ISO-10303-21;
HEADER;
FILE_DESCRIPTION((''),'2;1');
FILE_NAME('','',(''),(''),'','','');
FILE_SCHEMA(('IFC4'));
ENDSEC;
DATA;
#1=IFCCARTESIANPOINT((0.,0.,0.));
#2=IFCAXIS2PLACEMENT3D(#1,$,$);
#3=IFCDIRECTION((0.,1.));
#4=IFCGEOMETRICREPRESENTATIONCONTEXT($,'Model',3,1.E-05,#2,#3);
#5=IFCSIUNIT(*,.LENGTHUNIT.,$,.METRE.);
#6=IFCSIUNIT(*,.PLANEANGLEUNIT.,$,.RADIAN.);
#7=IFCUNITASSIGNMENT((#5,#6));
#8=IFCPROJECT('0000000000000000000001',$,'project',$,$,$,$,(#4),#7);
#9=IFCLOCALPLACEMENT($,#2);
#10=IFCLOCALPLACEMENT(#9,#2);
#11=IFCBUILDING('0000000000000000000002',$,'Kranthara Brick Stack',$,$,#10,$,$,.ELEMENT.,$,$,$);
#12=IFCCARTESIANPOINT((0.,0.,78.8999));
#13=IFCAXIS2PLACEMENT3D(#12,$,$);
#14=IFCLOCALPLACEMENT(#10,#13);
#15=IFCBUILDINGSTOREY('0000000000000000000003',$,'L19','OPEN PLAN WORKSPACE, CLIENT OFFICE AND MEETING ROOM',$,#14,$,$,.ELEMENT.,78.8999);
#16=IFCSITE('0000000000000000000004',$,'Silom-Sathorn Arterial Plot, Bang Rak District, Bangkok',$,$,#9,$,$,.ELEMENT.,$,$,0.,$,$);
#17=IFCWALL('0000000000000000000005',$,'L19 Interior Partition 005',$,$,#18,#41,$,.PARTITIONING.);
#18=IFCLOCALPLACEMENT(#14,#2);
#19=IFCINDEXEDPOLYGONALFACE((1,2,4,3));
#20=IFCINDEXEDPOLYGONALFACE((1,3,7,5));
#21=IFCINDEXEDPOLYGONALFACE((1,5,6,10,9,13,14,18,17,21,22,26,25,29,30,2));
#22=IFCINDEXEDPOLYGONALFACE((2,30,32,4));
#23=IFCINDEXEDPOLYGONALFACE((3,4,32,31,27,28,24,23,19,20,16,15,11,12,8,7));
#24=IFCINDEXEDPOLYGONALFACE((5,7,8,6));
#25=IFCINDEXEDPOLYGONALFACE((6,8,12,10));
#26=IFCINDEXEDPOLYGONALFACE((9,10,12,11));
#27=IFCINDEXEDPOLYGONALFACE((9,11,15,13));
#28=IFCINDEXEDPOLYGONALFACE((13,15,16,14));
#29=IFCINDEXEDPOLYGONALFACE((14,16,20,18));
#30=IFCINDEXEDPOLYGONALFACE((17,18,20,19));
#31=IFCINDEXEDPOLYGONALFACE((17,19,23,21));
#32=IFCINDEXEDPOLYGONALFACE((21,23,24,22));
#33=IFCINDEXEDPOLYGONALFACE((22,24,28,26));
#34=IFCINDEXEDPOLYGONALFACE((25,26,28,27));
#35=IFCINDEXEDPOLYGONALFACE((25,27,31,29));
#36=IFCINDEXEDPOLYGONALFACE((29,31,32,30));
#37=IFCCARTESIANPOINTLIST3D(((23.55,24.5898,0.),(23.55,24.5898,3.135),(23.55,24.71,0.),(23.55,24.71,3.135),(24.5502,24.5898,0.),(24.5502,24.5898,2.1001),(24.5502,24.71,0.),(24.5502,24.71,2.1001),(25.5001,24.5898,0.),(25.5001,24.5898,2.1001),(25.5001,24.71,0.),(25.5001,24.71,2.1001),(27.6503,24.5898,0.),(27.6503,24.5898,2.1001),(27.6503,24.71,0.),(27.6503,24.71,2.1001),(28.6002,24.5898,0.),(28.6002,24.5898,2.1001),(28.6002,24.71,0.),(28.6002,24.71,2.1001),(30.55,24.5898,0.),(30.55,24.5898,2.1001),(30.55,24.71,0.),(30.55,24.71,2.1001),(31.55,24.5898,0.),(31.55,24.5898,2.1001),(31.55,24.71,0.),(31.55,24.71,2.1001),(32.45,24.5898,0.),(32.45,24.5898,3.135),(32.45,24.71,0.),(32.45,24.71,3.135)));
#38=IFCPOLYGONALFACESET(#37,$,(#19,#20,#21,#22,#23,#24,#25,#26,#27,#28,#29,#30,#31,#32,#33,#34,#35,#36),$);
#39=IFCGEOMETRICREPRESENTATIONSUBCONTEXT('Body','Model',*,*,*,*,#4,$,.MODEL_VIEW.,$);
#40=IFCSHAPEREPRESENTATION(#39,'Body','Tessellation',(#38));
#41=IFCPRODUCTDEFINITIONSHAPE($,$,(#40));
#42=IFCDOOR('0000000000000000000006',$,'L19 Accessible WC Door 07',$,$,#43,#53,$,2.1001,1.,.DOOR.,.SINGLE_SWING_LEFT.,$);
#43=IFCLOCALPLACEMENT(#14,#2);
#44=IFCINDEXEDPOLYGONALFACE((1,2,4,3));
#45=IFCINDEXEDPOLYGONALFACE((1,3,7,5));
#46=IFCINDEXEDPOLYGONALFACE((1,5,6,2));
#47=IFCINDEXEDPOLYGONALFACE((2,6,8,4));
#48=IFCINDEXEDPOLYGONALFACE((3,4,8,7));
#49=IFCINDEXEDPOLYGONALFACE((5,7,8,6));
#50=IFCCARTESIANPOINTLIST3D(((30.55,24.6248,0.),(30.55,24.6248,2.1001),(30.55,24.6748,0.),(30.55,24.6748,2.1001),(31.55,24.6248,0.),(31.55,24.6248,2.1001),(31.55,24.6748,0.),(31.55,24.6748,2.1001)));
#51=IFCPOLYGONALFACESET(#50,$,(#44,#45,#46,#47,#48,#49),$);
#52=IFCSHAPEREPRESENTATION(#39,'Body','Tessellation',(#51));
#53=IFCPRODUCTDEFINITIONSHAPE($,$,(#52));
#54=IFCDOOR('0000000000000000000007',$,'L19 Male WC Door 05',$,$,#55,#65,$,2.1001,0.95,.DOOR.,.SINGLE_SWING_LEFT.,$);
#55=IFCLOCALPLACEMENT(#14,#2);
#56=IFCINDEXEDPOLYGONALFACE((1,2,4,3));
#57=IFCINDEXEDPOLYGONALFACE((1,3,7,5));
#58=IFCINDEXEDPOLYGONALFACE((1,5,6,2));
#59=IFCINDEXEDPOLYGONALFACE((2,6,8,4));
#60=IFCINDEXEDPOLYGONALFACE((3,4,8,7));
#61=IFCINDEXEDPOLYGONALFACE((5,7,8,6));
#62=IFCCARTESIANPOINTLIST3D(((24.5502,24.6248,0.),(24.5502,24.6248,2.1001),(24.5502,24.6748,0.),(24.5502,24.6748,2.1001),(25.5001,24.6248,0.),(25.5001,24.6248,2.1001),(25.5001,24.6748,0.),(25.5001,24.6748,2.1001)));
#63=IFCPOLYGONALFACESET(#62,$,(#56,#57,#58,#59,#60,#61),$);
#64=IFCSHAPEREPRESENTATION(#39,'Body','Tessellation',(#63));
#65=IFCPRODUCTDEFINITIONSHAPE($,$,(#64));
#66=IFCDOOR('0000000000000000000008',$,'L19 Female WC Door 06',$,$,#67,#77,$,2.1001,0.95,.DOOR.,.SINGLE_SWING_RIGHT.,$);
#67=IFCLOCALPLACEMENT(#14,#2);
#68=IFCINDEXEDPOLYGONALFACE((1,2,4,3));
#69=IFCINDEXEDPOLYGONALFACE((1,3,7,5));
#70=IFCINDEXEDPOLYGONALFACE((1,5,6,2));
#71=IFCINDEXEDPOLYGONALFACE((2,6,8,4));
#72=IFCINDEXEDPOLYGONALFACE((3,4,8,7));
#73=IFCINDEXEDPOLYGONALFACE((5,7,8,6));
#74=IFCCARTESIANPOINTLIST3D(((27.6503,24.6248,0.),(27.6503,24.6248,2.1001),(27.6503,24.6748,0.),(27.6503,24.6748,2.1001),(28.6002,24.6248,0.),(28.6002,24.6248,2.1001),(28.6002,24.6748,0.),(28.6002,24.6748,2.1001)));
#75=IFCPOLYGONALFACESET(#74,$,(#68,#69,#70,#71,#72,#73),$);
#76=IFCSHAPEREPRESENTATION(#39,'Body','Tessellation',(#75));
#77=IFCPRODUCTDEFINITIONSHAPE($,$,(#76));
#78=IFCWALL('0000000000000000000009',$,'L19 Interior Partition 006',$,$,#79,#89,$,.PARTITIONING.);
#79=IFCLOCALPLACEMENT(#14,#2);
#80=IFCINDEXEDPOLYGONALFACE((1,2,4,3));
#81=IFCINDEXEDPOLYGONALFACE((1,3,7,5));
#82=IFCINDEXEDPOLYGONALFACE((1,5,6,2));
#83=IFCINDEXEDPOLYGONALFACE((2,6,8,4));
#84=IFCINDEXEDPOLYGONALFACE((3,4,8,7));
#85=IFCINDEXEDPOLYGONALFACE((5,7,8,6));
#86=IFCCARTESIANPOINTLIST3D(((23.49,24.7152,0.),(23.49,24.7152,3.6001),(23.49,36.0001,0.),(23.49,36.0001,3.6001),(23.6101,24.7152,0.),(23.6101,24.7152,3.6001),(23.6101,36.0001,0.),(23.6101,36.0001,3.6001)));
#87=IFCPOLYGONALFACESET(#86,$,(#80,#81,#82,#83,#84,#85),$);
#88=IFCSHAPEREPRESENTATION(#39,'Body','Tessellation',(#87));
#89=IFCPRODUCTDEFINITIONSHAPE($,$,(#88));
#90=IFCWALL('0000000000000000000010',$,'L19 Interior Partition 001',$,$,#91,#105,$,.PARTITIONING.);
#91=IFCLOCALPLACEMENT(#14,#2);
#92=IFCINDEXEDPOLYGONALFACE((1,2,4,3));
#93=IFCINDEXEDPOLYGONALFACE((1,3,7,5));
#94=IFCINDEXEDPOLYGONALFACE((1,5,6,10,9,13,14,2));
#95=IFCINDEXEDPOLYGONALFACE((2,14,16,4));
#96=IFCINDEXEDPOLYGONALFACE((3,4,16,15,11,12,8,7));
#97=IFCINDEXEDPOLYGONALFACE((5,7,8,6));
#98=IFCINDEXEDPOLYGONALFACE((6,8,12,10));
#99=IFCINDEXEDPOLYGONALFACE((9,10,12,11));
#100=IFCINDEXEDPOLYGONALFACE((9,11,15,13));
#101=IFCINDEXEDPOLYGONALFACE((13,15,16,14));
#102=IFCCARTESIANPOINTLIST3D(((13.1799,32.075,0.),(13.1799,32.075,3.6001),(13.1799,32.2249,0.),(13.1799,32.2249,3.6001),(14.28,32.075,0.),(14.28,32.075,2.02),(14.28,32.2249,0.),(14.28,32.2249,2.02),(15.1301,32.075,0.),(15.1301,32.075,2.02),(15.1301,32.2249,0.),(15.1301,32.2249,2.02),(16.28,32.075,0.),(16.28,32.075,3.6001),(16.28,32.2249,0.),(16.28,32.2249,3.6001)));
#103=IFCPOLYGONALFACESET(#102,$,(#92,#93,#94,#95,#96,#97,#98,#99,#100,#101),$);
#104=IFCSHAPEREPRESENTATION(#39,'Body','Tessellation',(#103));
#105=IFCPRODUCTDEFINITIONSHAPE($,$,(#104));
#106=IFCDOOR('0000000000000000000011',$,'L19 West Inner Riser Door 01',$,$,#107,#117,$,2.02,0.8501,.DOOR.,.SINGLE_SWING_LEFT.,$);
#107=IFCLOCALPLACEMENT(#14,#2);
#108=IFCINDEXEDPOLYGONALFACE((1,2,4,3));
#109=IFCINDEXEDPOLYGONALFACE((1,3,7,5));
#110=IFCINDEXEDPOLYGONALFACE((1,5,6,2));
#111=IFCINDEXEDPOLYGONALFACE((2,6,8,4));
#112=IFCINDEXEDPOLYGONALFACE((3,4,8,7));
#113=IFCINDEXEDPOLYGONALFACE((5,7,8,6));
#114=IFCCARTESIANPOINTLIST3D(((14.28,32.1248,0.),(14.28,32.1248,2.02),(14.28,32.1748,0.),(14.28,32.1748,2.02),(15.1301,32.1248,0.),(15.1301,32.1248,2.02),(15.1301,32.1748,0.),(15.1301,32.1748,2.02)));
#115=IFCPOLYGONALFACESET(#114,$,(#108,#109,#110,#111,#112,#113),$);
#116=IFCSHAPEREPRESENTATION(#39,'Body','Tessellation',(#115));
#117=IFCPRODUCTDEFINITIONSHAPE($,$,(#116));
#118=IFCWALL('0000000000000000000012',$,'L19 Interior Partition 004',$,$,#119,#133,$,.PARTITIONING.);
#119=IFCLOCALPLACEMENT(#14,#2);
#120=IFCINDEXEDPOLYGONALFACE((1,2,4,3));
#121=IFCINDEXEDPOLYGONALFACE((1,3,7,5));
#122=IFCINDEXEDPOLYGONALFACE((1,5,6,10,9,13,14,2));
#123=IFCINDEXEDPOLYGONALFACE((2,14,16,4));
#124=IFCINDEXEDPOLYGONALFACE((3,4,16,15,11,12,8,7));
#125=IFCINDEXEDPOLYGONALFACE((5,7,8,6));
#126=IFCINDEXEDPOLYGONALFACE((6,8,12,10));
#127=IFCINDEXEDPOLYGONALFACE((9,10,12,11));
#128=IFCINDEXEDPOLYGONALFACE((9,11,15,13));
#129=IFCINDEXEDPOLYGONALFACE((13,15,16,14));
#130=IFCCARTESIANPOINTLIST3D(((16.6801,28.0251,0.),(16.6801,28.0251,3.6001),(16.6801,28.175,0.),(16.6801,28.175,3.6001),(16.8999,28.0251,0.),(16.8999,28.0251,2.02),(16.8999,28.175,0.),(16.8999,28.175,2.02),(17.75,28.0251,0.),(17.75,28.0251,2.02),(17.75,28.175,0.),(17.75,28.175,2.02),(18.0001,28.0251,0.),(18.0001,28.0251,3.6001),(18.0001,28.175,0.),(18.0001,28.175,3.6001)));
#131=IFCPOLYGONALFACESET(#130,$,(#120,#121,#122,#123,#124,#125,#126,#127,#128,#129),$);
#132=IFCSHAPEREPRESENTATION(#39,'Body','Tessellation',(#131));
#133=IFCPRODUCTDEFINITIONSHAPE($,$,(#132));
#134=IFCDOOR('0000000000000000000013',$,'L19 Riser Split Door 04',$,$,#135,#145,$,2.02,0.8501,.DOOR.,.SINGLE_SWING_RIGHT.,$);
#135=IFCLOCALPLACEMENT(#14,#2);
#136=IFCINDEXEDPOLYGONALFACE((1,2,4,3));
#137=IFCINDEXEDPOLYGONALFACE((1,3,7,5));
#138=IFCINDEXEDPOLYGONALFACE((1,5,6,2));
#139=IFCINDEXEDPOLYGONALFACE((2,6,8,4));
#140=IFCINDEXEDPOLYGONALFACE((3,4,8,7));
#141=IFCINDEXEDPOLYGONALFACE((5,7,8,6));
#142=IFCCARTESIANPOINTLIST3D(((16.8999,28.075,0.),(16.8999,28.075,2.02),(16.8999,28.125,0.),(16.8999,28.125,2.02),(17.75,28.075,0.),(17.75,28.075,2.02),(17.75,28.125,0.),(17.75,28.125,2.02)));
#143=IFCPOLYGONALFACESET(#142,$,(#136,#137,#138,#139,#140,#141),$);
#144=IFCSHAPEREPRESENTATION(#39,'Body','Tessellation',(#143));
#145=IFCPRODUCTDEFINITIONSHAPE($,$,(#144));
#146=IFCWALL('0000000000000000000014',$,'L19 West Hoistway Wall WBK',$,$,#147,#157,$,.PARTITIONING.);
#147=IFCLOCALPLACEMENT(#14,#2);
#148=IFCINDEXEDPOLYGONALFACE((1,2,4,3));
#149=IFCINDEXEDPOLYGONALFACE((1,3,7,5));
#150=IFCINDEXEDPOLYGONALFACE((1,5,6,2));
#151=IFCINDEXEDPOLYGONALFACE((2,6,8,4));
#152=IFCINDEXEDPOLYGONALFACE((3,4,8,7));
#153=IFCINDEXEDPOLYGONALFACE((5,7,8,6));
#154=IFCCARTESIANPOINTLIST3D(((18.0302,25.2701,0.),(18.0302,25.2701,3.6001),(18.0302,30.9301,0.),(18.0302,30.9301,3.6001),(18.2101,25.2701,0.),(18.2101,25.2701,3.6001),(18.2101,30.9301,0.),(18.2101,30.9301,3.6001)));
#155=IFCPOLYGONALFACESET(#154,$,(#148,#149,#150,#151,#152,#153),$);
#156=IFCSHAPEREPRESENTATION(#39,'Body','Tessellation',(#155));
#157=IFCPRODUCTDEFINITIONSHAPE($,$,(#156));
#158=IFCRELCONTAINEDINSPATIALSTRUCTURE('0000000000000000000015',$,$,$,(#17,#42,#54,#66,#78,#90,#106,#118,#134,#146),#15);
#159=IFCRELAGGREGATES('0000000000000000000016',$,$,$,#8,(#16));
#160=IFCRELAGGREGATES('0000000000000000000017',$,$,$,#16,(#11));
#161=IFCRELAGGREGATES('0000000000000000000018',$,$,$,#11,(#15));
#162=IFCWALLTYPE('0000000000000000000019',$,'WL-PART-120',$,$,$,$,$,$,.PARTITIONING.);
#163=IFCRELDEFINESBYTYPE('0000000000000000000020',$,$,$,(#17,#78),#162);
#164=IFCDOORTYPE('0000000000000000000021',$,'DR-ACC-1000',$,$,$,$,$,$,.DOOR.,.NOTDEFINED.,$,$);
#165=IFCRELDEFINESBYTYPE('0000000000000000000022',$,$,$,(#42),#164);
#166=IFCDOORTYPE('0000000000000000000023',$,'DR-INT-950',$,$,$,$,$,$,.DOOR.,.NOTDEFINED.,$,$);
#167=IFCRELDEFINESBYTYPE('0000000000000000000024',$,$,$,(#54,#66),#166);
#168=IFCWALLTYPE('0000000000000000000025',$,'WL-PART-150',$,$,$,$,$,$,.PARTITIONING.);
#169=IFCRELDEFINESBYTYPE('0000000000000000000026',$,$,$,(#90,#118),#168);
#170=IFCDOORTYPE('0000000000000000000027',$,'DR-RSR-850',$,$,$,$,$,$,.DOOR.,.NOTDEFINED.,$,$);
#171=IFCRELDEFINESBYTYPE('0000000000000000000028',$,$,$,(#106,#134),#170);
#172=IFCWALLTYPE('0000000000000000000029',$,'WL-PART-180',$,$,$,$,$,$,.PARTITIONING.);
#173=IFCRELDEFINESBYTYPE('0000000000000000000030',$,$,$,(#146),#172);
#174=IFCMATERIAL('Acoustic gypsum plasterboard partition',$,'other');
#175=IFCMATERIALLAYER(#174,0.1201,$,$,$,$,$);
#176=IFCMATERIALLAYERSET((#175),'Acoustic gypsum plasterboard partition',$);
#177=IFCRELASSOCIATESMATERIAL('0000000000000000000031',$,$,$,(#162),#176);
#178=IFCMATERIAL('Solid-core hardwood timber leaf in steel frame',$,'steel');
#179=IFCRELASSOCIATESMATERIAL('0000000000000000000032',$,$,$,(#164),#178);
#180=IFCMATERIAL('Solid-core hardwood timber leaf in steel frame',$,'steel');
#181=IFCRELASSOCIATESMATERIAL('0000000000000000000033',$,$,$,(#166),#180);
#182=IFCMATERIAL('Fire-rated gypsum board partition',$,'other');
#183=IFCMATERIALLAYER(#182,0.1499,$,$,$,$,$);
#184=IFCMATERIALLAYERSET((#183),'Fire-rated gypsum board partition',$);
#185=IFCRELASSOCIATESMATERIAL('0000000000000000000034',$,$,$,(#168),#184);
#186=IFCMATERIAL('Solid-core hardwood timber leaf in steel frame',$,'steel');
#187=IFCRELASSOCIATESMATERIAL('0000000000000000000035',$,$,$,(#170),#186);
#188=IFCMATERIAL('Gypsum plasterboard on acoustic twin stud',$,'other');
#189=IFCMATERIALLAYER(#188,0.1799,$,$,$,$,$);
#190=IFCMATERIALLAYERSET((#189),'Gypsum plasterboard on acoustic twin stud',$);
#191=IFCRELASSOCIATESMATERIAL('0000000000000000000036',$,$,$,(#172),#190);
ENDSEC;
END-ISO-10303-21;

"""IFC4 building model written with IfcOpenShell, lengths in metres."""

from ifc_helpers import new_model, si_unit, direction, frame, frame_2d, origin, place, context, subcontext, project, spatial, rectangle, extrude, material, layer, layer_set, type_object, element, fill, save


model = new_model("IFC4")

# Units and contexts
model_context = context("Model", 3, precision=1e-05, world=origin(), true_north=direction((0.0, 1.0)))
body_context = subcontext(model_context, "Body", "Model", "MODEL_VIEW")
ifc_project = project(units=[si_unit("LENGTHUNIT", "METRE"), si_unit("PLANEANGLEUNIT", "RADIAN")], contexts=[model_context])

# Site, building, storey
site_placement = place(None, origin())
site = spatial("IfcSite", under=ifc_project, at=site_placement, Name="Silom-Sathorn Arterial Plot, Bang Rak District, Bangkok", CompositionType="ELEMENT", RefElevation=0.0)
building_placement = place(site_placement, origin())
building = spatial("IfcBuilding", under=site, at=building_placement, Name="Kranthara Brick Stack", CompositionType="ELEMENT")
storey_placement = place(building_placement, frame((0.0, 0.0, 78.8999)))
storey = spatial("IfcBuildingStorey", under=building, at=storey_placement, Name="L19", Description="OPEN PLAN WORKSPACE, CLIENT OFFICE AND MEETING ROOM", CompositionType="ELEMENT", Elevation=78.8999)

# Wall, openings, doors
ifc_material_1 = material(Name="Acoustic gypsum plasterboard partition", Category="other")
ifc_layer_1 = layer(ifc_material_1, 0.1201)
ifc_layer_set_1 = layer_set([ifc_layer_1], Name="Acoustic gypsum plasterboard partition")
wall_type_1 = type_object("IfcWallType", Name="WL-PART-120", PredefinedType="PARTITIONING", material=ifc_layer_set_1)
wall_1_placement = place(storey_placement, frame((23.55, 24.6499, 0.0), z_axis=(0.0, 0.0, 1.0), x_axis=(1.0, 0.0, 0.0)))
wall_1 = element("IfcWall", 1, at=wall_1_placement, inside=storey, type_object=wall_type_1, Name="L19 Interior Partition 005", PredefinedType="PARTITIONING", context=body_context, shape_type="SweptSolid", body=[
    extrude(rectangle(XDim=8.8999, YDim=0.1201, at=frame_2d((4.45, 0.0))), origin(), (0.0, 0.0, 1.0), 3.135),
])
opening_1_placement = place(wall_1_placement, frame((1.0, 0.0, 0.0)))
opening_1 = element("IfcOpeningElement", 2, at=opening_1_placement, cuts=wall_1, PredefinedType="OPENING", context=body_context, shape_type="SweptSolid", body=[
    extrude(rectangle(XDim=0.95, YDim=2.1001, at=frame_2d((0.4751, 1.05))), frame((0.0, 0.0701, 0.0), z_axis=(0.0, -1.0, 0.0), x_axis=(1.0, 0.0, 0.0)), (0.0, 0.0, 1.0), 0.1401),
])
opening_2_placement = place(wall_1_placement, frame((4.1001, 0.0, 0.0)))
opening_2 = element("IfcOpeningElement", 3, at=opening_2_placement, cuts=wall_1, PredefinedType="OPENING", context=body_context, shape_type="SweptSolid", body=[
    extrude(rectangle(XDim=0.95, YDim=2.1001, at=frame_2d((0.4751, 1.05))), frame((0.0, 0.0701, 0.0), z_axis=(0.0, -1.0, 0.0), x_axis=(1.0, 0.0, 0.0)), (0.0, 0.0, 1.0), 0.1401),
])
opening_3_placement = place(wall_1_placement, frame((7.0, 0.0, 0.0)))
opening_3 = element("IfcOpeningElement", 4, at=opening_3_placement, cuts=wall_1, PredefinedType="OPENING", context=body_context, shape_type="SweptSolid", body=[
    extrude(rectangle(XDim=1.0, YDim=2.1001, at=frame_2d((0.5, 1.05))), frame((0.0, 0.0701, 0.0), z_axis=(0.0, -1.0, 0.0), x_axis=(1.0, 0.0, 0.0)), (0.0, 0.0, 1.0), 0.1401),
])
ifc_material_2 = material(Name="Solid-core hardwood timber leaf in steel frame", Category="steel")
door_type_1 = type_object("IfcDoorType", Name="DR-ACC-1000", OperationType="NOTDEFINED", PredefinedType="DOOR", material=ifc_material_2)
door_1_placement = place(opening_3_placement, origin())
door_1 = element("IfcDoor", 5, at=door_1_placement, inside=storey, type_object=door_type_1, Name="L19 Accessible WC Door 07", OperationType="SINGLE_SWING_LEFT", OverallHeight=2.1001, OverallWidth=1.0, PredefinedType="DOOR", context=body_context, shape_type="SweptSolid", body=[
    extrude(rectangle(XDim=1.0, YDim=2.1001, at=frame_2d((0.5, 1.05))), frame((0.0, 0.0249, 0.0), z_axis=(0.0, -1.0, 0.0), x_axis=(1.0, 0.0, 0.0)), (0.0, 0.0, 1.0), 0.05),
])
fill(opening_3, door_1)
ifc_material_3 = material(Name="Solid-core hardwood timber leaf in steel frame", Category="steel")
door_type_2 = type_object("IfcDoorType", Name="DR-INT-950", OperationType="NOTDEFINED", PredefinedType="DOOR", material=ifc_material_3)
door_2_placement = place(opening_1_placement, origin())
door_2 = element("IfcDoor", 6, at=door_2_placement, inside=storey, type_object=door_type_2, Name="L19 Male WC Door 05", OperationType="SINGLE_SWING_LEFT", OverallHeight=2.1001, OverallWidth=0.95, PredefinedType="DOOR", context=body_context, shape_type="SweptSolid", body=[
    extrude(rectangle(XDim=0.95, YDim=2.1001, at=frame_2d((0.4751, 1.05))), frame((0.0, 0.0249, 0.0), z_axis=(0.0, -1.0, 0.0), x_axis=(1.0, 0.0, 0.0)), (0.0, 0.0, 1.0), 0.05),
])
fill(opening_1, door_2)
door_3_placement = place(opening_2_placement, origin())
door_3 = element("IfcDoor", 7, at=door_3_placement, inside=storey, type_object=door_type_2, Name="L19 Female WC Door 06", OperationType="SINGLE_SWING_RIGHT", OverallHeight=2.1001, OverallWidth=0.95, PredefinedType="DOOR", context=body_context, shape_type="SweptSolid", body=[
    extrude(rectangle(XDim=0.95, YDim=2.1001, at=frame_2d((0.4751, 1.05))), frame((0.0, 0.0249, 0.0), z_axis=(0.0, -1.0, 0.0), x_axis=(1.0, 0.0, 0.0)), (0.0, 0.0, 1.0), 0.05),
])
fill(opening_2, door_3)

# Wall
wall_2_placement = place(storey_placement, frame((23.55, 24.7151, 0.0), z_axis=(0.0, 0.0, 1.0), x_axis=(0.0, 1.0, 0.0)))
element("IfcWall", 8, at=wall_2_placement, inside=storey, type_object=wall_type_1, Name="L19 Interior Partition 006", PredefinedType="PARTITIONING", context=body_context, shape_type="SweptSolid", body=[
    extrude(rectangle(XDim=11.2849, YDim=0.1201, at=frame_2d((5.6426, 0.0))), origin(), (0.0, 0.0, 1.0), 3.6001),
])

# Walls, openings, doors
ifc_material_4 = material(Name="Fire-rated gypsum board partition", Category="other")
ifc_layer_2 = layer(ifc_material_4, 0.1499)
ifc_layer_set_2 = layer_set([ifc_layer_2], Name="Fire-rated gypsum board partition")
wall_type_2 = type_object("IfcWallType", Name="WL-PART-150", PredefinedType="PARTITIONING", material=ifc_layer_set_2)
wall_3_placement = place(storey_placement, frame((13.1799, 32.1499, 0.0), z_axis=(0.0, 0.0, 1.0), x_axis=(1.0, 0.0, 0.0)))
wall_3 = element("IfcWall", 9, at=wall_3_placement, inside=storey, type_object=wall_type_2, Name="L19 Interior Partition 001", PredefinedType="PARTITIONING", context=body_context, shape_type="SweptSolid", body=[
    extrude(rectangle(XDim=3.1001, YDim=0.1499, at=frame_2d((1.55, 0.0))), origin(), (0.0, 0.0, 1.0), 3.6001),
])
opening_4_placement = place(wall_3_placement, frame((1.1001, 0.0, 0.0)))
opening_4 = element("IfcOpeningElement", 10, at=opening_4_placement, cuts=wall_3, PredefinedType="OPENING", context=body_context, shape_type="SweptSolid", body=[
    extrude(rectangle(XDim=0.8501, YDim=2.02, at=frame_2d((0.425, 1.01))), frame((0.0, 0.085, 0.0), z_axis=(0.0, -1.0, 0.0), x_axis=(1.0, 0.0, 0.0)), (0.0, 0.0, 1.0), 0.1699),
])
ifc_material_5 = material(Name="Solid-core hardwood timber leaf in steel frame", Category="steel")
door_type_3 = type_object("IfcDoorType", Name="DR-RSR-850", OperationType="NOTDEFINED", PredefinedType="DOOR", material=ifc_material_5)
door_4_placement = place(opening_4_placement, origin())
door_4 = element("IfcDoor", 11, at=door_4_placement, inside=storey, type_object=door_type_3, Name="L19 West Inner Riser Door 01", OperationType="SINGLE_SWING_LEFT", OverallHeight=2.02, OverallWidth=0.8501, PredefinedType="DOOR", context=body_context, shape_type="SweptSolid", body=[
    extrude(rectangle(XDim=0.8501, YDim=2.02, at=frame_2d((0.425, 1.01))), frame((0.0, 0.0249, 0.0), z_axis=(0.0, -1.0, 0.0), x_axis=(1.0, 0.0, 0.0)), (0.0, 0.0, 1.0), 0.05),
])
fill(opening_4, door_4)
wall_4_placement = place(storey_placement, frame((16.6799, 28.1001, 0.0), z_axis=(0.0, 0.0, 1.0), x_axis=(1.0, 0.0, 0.0)))
wall_4 = element("IfcWall", 12, at=wall_4_placement, inside=storey, type_object=wall_type_2, Name="L19 Interior Partition 004", PredefinedType="PARTITIONING", context=body_context, shape_type="SweptSolid", body=[
    extrude(rectangle(XDim=1.3201, YDim=0.1499, at=frame_2d((0.6602, 0.0))), origin(), (0.0, 0.0, 1.0), 3.6001),
])
opening_5_placement = place(wall_4_placement, frame((0.22, 0.0, 0.0)))
opening_5 = element("IfcOpeningElement", 13, at=opening_5_placement, cuts=wall_4, PredefinedType="OPENING", context=body_context, shape_type="SweptSolid", body=[
    extrude(rectangle(XDim=0.8501, YDim=2.02, at=frame_2d((0.425, 1.01))), frame((0.0, 0.085, 0.0), z_axis=(0.0, -1.0, 0.0), x_axis=(1.0, 0.0, 0.0)), (0.0, 0.0, 1.0), 0.1699),
])
door_5_placement = place(opening_5_placement, origin())
door_5 = element("IfcDoor", 14, at=door_5_placement, inside=storey, type_object=door_type_3, Name="L19 Riser Split Door 04", OperationType="SINGLE_SWING_RIGHT", OverallHeight=2.02, OverallWidth=0.8501, PredefinedType="DOOR", context=body_context, shape_type="SweptSolid", body=[
    extrude(rectangle(XDim=0.8501, YDim=2.02, at=frame_2d((0.425, 1.01))), frame((0.0, 0.0249, 0.0), z_axis=(0.0, -1.0, 0.0), x_axis=(1.0, 0.0, 0.0)), (0.0, 0.0, 1.0), 0.05),
])
fill(opening_5, door_5)

# Wall
ifc_material_6 = material(Name="Gypsum plasterboard on acoustic twin stud", Category="other")
ifc_layer_3 = layer(ifc_material_6, 0.1799)
ifc_layer_set_3 = layer_set([ifc_layer_3], Name="Gypsum plasterboard on acoustic twin stud")
wall_type_3 = type_object("IfcWallType", Name="WL-PART-180", PredefinedType="PARTITIONING", material=ifc_layer_set_3)
wall_5_placement = place(storey_placement, frame((18.1201, 25.27, 0.0), z_axis=(0.0, 0.0, 1.0), x_axis=(0.0, 1.0, 0.0)))
element("IfcWall", 15, at=wall_5_placement, inside=storey, type_object=wall_type_3, Name="L19 West Hoistway Wall WBK", PredefinedType="PARTITIONING", context=body_context, shape_type="SweptSolid", body=[
    extrude(rectangle(XDim=5.6599, YDim=0.1799, at=frame_2d((2.8301, 0.0))), origin(), (0.0, 0.0, 1.0), 3.6001),
])

save(model, "model.ifc")
